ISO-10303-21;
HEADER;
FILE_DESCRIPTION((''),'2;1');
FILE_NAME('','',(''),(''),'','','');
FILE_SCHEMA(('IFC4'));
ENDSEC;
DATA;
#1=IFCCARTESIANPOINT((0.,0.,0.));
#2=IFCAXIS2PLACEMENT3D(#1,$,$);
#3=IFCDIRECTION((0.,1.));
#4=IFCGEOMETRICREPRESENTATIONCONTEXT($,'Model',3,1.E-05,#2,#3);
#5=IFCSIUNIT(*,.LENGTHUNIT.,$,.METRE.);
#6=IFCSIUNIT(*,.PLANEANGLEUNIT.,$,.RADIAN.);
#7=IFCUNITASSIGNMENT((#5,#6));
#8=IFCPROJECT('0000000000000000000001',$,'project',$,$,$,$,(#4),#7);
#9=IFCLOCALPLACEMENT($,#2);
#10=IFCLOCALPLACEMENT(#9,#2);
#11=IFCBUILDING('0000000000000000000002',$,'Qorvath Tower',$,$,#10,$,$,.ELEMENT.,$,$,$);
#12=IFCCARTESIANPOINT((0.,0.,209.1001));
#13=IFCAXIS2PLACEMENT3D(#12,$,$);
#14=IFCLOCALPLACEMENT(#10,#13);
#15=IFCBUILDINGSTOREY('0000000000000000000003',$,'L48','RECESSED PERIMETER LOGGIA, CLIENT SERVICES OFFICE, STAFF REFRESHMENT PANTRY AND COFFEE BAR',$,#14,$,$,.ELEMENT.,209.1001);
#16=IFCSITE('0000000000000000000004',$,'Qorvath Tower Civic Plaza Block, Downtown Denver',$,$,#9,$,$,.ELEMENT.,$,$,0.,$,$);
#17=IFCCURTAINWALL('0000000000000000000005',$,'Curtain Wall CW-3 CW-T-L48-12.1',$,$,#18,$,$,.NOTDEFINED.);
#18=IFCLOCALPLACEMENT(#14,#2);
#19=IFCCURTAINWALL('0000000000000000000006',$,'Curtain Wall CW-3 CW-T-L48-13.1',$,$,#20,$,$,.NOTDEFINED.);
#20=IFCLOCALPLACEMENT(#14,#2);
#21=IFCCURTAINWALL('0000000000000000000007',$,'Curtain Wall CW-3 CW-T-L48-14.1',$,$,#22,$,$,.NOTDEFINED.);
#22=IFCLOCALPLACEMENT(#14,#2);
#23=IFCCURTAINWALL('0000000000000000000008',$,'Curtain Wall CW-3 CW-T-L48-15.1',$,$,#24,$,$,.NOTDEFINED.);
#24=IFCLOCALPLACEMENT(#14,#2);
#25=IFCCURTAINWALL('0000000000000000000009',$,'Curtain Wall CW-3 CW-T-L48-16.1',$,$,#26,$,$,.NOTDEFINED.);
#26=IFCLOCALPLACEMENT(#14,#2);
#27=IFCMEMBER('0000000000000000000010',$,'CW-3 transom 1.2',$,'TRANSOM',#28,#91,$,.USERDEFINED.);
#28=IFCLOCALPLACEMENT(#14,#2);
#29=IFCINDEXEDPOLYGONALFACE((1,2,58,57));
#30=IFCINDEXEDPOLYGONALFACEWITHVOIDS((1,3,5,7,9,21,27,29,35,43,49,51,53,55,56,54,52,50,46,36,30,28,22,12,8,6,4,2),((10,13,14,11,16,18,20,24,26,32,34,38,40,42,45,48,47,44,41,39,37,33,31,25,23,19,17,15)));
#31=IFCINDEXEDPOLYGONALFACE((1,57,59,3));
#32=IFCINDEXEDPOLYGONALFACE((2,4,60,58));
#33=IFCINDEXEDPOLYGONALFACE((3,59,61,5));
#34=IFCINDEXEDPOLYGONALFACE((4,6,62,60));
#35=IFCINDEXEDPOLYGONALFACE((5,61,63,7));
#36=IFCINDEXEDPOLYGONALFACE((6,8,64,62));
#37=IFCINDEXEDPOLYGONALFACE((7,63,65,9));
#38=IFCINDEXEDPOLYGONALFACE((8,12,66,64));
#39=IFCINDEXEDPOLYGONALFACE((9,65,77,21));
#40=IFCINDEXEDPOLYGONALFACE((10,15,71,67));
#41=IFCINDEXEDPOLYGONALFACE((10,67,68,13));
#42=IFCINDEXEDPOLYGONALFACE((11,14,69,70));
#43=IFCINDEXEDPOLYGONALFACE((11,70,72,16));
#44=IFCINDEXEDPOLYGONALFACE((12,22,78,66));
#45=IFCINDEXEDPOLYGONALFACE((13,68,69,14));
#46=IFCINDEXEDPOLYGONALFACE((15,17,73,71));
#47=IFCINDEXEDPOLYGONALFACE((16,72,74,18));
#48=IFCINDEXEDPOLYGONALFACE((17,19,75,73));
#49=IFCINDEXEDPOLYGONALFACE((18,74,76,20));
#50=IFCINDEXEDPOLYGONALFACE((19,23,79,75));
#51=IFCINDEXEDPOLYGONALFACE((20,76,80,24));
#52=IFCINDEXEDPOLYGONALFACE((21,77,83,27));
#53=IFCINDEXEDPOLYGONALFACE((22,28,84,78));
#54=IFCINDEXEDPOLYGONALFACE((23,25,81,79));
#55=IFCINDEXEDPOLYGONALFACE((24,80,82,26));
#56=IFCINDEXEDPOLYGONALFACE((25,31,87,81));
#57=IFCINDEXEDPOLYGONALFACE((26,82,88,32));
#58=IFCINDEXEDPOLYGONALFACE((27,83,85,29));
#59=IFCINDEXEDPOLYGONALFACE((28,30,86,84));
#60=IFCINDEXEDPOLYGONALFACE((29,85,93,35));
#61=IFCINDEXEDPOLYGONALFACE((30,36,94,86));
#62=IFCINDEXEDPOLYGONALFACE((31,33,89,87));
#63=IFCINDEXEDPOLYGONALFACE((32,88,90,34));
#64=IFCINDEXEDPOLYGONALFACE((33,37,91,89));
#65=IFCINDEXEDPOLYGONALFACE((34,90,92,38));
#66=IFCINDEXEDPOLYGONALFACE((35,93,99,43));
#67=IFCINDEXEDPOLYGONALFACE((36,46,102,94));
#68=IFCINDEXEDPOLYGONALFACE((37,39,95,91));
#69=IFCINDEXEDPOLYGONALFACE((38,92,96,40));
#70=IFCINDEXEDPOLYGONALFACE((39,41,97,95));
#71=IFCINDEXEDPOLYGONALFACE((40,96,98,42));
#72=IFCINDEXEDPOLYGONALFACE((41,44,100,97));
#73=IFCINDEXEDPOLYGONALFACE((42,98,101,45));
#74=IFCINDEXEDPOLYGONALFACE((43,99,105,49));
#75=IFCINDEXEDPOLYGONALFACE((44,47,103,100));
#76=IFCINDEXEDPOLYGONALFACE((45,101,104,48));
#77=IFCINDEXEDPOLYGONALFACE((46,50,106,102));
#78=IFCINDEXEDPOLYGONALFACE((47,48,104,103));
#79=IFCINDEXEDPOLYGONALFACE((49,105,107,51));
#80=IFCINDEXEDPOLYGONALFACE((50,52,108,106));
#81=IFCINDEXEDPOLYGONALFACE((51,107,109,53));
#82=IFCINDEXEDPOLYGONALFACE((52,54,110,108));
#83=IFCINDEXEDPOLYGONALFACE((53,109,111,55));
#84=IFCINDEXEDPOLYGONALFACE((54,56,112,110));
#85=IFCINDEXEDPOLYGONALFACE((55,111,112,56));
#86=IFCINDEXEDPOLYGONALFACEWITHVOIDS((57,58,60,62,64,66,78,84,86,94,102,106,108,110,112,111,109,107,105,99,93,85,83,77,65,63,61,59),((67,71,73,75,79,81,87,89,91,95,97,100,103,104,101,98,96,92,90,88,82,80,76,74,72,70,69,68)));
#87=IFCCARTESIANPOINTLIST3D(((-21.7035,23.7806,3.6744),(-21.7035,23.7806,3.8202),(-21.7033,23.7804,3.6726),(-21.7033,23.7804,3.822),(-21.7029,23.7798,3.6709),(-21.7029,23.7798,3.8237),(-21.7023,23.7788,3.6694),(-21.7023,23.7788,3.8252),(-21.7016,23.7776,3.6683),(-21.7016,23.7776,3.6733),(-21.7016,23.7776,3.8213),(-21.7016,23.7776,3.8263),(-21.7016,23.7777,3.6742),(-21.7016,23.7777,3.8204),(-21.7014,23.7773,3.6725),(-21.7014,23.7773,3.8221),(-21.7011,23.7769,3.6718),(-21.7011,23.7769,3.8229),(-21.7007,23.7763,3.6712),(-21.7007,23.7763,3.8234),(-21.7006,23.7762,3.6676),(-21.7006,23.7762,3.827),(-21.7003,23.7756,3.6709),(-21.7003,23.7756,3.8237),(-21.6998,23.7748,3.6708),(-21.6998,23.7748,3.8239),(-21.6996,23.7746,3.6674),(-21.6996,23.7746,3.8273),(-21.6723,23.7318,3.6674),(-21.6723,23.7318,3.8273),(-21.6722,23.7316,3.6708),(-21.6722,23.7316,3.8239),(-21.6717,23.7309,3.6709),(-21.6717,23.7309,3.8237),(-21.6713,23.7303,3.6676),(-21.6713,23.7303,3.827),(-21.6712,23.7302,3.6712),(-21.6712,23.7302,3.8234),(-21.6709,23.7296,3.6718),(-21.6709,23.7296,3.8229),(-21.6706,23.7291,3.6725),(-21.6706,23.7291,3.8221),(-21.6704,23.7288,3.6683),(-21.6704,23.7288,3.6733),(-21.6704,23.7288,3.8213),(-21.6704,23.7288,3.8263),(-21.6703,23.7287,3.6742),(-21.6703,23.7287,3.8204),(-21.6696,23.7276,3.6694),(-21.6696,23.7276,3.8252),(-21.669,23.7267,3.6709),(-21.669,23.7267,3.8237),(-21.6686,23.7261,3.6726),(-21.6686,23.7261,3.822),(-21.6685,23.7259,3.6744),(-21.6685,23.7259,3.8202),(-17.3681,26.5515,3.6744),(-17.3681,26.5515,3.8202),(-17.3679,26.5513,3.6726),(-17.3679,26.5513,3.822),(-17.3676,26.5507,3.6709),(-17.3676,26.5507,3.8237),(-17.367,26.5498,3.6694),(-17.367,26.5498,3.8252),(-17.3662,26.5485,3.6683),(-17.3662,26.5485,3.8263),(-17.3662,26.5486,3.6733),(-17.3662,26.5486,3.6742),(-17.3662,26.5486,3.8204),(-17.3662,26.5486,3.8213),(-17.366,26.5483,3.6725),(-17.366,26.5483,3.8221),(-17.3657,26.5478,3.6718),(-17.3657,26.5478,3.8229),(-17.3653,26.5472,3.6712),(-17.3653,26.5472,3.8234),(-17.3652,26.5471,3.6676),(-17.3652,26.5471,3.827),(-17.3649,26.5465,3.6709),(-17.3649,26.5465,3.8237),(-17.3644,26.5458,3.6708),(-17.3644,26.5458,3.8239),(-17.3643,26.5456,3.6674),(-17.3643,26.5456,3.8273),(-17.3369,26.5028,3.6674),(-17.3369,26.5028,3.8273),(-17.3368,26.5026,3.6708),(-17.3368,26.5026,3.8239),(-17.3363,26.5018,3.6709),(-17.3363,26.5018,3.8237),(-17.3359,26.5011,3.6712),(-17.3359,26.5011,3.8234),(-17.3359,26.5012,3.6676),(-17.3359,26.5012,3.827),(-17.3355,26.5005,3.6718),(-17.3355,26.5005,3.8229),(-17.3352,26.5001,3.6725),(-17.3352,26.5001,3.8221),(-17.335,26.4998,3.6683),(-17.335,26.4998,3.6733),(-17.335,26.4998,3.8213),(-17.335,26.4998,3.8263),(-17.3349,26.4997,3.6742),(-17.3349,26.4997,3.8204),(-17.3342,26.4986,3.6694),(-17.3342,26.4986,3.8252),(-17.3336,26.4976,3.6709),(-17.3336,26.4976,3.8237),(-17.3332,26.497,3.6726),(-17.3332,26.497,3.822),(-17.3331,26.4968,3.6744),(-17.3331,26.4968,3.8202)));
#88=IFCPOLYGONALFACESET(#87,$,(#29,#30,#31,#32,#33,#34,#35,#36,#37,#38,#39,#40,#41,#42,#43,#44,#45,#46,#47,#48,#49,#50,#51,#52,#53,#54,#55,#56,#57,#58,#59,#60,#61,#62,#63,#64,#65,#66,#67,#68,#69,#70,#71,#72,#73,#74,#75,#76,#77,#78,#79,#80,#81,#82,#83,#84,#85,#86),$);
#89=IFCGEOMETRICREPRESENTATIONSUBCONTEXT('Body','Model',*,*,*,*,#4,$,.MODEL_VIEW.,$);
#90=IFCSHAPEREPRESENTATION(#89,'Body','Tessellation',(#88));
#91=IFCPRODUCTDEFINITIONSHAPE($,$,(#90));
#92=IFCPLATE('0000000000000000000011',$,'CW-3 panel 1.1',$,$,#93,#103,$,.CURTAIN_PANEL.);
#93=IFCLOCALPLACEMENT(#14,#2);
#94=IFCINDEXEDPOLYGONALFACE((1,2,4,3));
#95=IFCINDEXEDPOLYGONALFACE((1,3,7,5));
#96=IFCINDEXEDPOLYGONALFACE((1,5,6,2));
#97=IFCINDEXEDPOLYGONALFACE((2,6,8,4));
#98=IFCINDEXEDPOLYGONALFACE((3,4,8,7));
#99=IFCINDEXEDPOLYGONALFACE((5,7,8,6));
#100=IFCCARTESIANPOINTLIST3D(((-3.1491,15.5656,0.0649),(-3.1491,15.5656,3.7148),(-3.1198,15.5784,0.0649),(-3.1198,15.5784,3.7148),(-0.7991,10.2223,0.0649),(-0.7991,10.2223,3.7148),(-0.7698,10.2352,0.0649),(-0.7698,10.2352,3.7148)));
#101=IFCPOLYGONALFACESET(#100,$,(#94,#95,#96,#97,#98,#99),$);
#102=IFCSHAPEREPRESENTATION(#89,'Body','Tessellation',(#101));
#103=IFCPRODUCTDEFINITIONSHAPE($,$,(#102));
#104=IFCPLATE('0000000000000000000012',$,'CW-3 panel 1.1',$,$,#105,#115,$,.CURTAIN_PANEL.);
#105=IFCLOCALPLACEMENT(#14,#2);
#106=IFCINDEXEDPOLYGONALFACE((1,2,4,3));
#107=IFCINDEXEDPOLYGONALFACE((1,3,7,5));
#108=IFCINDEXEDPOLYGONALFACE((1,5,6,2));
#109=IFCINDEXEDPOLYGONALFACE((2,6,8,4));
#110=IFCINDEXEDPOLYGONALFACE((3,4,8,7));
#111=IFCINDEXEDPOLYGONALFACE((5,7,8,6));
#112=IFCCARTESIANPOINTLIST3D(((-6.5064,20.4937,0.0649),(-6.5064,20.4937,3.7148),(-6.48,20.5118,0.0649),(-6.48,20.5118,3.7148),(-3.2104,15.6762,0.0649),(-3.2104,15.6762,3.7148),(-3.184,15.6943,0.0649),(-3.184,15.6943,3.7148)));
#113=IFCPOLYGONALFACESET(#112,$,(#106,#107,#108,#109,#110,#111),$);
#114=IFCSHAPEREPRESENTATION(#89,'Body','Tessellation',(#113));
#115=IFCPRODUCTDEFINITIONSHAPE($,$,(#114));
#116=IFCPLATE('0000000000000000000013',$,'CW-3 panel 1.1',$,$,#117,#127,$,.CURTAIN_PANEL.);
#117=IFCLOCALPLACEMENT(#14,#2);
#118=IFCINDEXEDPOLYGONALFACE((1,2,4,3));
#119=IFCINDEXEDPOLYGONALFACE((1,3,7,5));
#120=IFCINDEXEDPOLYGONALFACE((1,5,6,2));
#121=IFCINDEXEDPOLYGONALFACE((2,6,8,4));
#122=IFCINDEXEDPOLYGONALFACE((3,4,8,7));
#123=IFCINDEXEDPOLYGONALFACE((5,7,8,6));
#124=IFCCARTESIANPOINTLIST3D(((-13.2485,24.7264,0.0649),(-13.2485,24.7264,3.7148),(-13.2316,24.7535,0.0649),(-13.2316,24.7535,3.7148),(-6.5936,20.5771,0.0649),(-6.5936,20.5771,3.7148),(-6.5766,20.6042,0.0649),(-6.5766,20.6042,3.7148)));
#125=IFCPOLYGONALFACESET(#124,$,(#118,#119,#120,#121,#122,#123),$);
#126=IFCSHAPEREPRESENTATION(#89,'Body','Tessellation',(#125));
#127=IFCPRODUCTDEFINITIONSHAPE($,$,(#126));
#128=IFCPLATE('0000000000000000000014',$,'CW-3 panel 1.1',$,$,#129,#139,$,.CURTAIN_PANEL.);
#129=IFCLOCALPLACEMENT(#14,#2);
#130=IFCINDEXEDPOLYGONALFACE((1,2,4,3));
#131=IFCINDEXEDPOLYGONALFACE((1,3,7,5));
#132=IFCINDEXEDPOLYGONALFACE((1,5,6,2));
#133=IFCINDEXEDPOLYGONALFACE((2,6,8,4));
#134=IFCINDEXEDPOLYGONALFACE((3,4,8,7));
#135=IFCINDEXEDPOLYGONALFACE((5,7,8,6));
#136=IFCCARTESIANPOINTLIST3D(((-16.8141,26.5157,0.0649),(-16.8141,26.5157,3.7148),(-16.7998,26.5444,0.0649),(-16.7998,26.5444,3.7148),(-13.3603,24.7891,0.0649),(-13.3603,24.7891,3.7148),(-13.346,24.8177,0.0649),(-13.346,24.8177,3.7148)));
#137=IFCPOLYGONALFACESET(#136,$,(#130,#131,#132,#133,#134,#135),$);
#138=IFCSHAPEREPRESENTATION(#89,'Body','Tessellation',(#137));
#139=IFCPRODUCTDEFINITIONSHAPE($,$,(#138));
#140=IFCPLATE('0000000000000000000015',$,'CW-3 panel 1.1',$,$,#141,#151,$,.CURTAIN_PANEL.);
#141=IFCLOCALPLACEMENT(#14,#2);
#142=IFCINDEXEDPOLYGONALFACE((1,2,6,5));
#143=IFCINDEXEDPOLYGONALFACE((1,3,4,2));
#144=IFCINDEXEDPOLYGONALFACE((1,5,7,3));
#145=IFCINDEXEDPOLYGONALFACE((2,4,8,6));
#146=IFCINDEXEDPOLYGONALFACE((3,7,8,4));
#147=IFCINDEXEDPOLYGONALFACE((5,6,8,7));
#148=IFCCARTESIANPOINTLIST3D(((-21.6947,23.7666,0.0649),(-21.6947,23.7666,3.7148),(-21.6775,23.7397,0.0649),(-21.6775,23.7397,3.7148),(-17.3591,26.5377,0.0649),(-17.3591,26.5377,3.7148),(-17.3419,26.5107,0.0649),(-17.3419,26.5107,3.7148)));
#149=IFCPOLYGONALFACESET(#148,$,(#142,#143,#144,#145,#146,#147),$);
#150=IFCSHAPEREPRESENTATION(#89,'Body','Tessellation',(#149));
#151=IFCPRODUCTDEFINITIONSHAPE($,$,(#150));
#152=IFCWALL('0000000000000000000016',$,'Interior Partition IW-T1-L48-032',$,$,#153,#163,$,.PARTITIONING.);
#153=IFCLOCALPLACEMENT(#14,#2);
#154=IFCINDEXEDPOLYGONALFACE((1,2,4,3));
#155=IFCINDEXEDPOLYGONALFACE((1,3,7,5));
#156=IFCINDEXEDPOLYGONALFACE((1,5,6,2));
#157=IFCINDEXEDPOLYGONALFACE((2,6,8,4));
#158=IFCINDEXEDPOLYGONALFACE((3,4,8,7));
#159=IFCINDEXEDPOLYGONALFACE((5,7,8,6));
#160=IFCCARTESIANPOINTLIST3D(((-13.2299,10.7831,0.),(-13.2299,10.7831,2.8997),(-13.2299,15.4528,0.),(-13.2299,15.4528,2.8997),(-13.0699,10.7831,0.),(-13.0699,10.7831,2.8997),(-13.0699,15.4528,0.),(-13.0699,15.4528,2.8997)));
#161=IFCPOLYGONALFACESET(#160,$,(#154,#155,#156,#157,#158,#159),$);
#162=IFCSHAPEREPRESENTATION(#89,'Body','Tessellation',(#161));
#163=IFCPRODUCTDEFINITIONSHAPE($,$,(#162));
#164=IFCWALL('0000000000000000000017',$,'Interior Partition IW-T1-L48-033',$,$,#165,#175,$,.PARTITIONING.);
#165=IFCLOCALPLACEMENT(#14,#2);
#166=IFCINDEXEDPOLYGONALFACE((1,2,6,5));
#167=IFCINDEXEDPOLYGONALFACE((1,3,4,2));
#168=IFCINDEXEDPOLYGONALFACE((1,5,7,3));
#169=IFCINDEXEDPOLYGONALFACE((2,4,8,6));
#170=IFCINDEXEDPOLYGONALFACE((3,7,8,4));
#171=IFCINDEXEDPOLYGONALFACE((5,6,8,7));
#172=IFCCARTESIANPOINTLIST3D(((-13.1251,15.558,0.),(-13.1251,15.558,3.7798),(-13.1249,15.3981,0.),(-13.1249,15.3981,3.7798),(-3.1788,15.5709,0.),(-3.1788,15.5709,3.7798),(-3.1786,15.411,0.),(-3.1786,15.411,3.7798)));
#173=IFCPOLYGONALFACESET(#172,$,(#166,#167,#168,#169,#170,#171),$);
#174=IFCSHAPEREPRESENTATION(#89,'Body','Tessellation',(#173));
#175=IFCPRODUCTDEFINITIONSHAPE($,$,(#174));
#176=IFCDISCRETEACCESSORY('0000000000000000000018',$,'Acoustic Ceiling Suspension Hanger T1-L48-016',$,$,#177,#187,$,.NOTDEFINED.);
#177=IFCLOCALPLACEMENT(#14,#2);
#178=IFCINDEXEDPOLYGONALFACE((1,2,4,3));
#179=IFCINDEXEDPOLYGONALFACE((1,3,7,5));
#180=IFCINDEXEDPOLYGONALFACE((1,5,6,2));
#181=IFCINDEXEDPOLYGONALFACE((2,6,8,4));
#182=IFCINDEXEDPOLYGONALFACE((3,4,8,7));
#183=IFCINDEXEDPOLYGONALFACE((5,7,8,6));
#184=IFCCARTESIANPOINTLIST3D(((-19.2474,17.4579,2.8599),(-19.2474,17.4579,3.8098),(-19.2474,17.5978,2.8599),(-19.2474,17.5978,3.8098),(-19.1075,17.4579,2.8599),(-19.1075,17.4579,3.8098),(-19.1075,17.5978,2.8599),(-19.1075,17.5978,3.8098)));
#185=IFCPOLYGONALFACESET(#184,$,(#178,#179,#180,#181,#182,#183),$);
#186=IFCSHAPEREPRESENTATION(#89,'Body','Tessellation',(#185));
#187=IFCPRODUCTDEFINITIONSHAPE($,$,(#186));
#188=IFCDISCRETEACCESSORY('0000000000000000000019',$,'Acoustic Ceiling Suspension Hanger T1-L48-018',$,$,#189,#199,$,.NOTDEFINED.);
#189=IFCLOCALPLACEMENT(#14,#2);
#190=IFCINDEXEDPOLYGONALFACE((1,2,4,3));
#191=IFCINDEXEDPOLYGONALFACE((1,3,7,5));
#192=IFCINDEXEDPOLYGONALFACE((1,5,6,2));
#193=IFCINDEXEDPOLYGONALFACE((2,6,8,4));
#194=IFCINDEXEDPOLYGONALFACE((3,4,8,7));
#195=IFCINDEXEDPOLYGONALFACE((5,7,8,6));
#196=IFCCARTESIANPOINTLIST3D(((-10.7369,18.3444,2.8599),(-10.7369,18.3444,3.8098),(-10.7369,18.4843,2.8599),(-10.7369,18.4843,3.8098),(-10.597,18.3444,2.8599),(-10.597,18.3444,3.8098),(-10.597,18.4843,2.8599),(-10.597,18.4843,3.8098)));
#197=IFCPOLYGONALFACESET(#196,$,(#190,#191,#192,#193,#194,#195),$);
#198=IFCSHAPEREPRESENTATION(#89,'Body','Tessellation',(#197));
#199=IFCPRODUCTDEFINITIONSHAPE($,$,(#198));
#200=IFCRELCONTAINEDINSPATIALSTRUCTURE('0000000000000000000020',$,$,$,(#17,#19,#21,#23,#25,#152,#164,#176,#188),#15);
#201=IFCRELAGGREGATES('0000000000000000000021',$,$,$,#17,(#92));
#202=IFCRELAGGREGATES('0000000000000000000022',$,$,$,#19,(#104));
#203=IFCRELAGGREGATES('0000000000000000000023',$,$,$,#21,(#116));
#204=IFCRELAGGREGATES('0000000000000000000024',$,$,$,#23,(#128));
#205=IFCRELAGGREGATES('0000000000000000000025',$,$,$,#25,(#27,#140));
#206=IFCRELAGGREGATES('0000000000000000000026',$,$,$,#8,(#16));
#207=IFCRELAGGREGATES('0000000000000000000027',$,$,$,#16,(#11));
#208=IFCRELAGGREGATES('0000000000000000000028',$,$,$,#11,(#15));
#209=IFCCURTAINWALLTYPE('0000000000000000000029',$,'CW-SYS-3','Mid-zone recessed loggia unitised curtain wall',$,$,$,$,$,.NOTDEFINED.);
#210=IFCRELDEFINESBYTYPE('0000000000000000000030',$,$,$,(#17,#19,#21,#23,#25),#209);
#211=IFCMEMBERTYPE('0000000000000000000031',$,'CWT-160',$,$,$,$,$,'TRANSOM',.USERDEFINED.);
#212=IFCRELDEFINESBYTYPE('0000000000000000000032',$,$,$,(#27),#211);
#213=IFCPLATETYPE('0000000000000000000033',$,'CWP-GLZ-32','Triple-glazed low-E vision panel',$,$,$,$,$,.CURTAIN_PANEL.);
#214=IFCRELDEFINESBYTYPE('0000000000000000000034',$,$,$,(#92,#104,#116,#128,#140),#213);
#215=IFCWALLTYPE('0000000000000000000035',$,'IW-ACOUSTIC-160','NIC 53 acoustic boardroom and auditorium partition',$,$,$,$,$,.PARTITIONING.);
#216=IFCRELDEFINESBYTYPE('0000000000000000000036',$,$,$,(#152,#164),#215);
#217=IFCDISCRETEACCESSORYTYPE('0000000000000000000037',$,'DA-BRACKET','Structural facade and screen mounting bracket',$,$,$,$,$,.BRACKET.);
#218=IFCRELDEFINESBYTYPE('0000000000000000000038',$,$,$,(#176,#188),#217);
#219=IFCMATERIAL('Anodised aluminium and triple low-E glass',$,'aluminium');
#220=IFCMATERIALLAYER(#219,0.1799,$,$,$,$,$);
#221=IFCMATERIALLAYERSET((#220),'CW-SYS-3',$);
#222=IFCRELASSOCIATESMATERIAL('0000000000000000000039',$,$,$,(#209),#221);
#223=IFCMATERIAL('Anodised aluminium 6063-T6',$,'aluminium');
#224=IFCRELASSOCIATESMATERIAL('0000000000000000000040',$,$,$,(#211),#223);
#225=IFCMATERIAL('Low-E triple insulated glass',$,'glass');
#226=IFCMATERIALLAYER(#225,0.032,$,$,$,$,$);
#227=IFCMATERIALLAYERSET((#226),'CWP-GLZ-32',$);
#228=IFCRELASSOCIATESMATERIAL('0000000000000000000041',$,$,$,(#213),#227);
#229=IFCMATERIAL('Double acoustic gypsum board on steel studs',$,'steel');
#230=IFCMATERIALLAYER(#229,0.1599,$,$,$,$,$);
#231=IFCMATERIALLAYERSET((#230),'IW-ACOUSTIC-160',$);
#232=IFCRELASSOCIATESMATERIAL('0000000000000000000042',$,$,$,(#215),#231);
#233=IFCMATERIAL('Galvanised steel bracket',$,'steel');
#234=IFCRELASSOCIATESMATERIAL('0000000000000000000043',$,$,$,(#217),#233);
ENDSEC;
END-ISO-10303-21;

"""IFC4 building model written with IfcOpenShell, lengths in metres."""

from ifc_helpers import new_model, si_unit, direction, frame, frame_2d, origin, origin_2d, place, context, subcontext, project, spatial, rectangle, hollow_rectangle, extrude, material, layer, layer_set, material_profile, profile_set, type_object, element, aggregate, save


model = new_model("IFC4")

# Units and contexts
model_context = context("Model", 3, precision=1e-05, world=origin(), true_north=direction((0.0, 1.0)))
body_context = subcontext(model_context, "Body", "Model", "MODEL_VIEW")
ifc_project = project(units=[si_unit("LENGTHUNIT", "METRE"), si_unit("PLANEANGLEUNIT", "RADIAN")], contexts=[model_context])

# Site, building, storey
site_placement = place(None, origin())
site = spatial("IfcSite", under=ifc_project, at=site_placement, Name="Qorvath Tower Civic Plaza Block, Downtown Denver", CompositionType="ELEMENT", RefElevation=0.0)
building_placement = place(site_placement, origin())
building = spatial("IfcBuilding", under=site, at=building_placement, Name="Qorvath Tower", CompositionType="ELEMENT")
storey_placement = place(building_placement, frame((0.0, 0.0, 209.1001)))
storey = spatial("IfcBuildingStorey", under=building, at=storey_placement, Name="L48", Description="RECESSED PERIMETER LOGGIA, CLIENT SERVICES OFFICE, STAFF REFRESHMENT PANTRY AND COFFEE BAR", CompositionType="ELEMENT", Elevation=209.1001)

# Curtain wall
ifc_material_1 = material(Name="Anodised aluminium and triple low-E glass", Category="aluminium")
ifc_layer_1 = layer(ifc_material_1, 0.1799)
ifc_layer_set_1 = layer_set([ifc_layer_1], Name="CW-SYS-3")
curtain_wall_type = type_object("IfcCurtainWallType", Name="CW-SYS-3", Description="Mid-zone recessed loggia unitised curtain wall", PredefinedType="NOTDEFINED", material=ifc_layer_set_1)
curtain_wall_1_placement = place(storey_placement, origin())
curtain_wall_1 = element("IfcCurtainWall", 1, at=curtain_wall_1_placement, inside=storey, type_object=curtain_wall_type, Name="Curtain Wall CW-3 CW-T-L48-12.1", PredefinedType="NOTDEFINED")

# Curtain walls
curtain_wall_2_placement = place(storey_placement, origin())
curtain_wall_2 = element("IfcCurtainWall", 2, at=curtain_wall_2_placement, inside=storey, type_object=curtain_wall_type, Name="Curtain Wall CW-3 CW-T-L48-13.1", PredefinedType="NOTDEFINED")
curtain_wall_3_placement = place(storey_placement, origin())
curtain_wall_3 = element("IfcCurtainWall", 3, at=curtain_wall_3_placement, inside=storey, type_object=curtain_wall_type, Name="Curtain Wall CW-3 CW-T-L48-14.1", PredefinedType="NOTDEFINED")
curtain_wall_4_placement = place(storey_placement, origin())
curtain_wall_4 = element("IfcCurtainWall", 4, at=curtain_wall_4_placement, inside=storey, type_object=curtain_wall_type, Name="Curtain Wall CW-3 CW-T-L48-15.1", PredefinedType="NOTDEFINED")

# Curtain wall
curtain_wall_5_placement = place(storey_placement, origin())
curtain_wall_5 = element("IfcCurtainWall", 5, at=curtain_wall_5_placement, inside=storey, type_object=curtain_wall_type, Name="Curtain Wall CW-3 CW-T-L48-16.1", PredefinedType="NOTDEFINED")

# Member
ifc_material_2 = material(Name="Anodised aluminium 6063-T6", Category="aluminium")
ifc_material_profile_1 = material_profile(ifc_material_2, hollow_rectangle(XDim=0.0649, YDim=0.1599, WallThickness=0.0034, InnerFilletRadius=0.0034, OuterFilletRadius=0.0071, at=origin_2d()), Name="CWT 160x65")
ifc_profile_set_1 = profile_set([ifc_material_profile_1], Name="Anodised aluminium 6063-T6")
member_type_1 = type_object("IfcMemberType", Name="CWT-160", ElementType="TRANSOM", PredefinedType="USERDEFINED", material=ifc_profile_set_1)
member_1_placement = place(storey_placement, frame((-17.3506, 26.5242, 3.7473), z_axis=(-0.842597, -0.538545, 0.0), x_axis=(0.538545, -0.842597, 0.0)))
member_1 = element("IfcMember", 6, at=member_1_placement, type_object=member_type_1, Name="CW-3 transom 1.2", ObjectType="TRANSOM", PredefinedType="USERDEFINED", context=body_context, shape_type="SweptSolid", body=[
    extrude(hollow_rectangle(XDim=0.0649, YDim=0.1599, WallThickness=0.0034, InnerFilletRadius=0.0034, OuterFilletRadius=0.0071, at=origin_2d()), origin(), (0.0, 0.0, 1.0), 5.1453),
])

# Plates
ifc_material_3 = material(Name="Low-E triple insulated glass", Category="glass")
ifc_layer_2 = layer(ifc_material_3, 0.032)
ifc_layer_set_2 = layer_set([ifc_layer_2], Name="CWP-GLZ-32")
plate_type = type_object("IfcPlateType", Name="CWP-GLZ-32", Description="Triple-glazed low-E vision panel", PredefinedType="CURTAIN_PANEL", material=ifc_layer_set_2)
plate_1_placement = place(storey_placement, frame((-1.9595, 12.9004, 0.0649), z_axis=(0.0, 0.0, 1.0), x_axis=(-0.402589, 0.915381, 0.0)))
plate_1 = element("IfcPlate", 7, at=plate_1_placement, type_object=plate_type, Name="CW-3 panel 1.1", PredefinedType="CURTAIN_PANEL", context=body_context, shape_type="SweptSolid", body=[
    extrude(rectangle(XDim=5.8372, YDim=0.032, at=origin_2d()), origin(), (0.0, 0.0, 1.0), 3.6499),
])
aggregate(curtain_wall_1, [plate_1])
plate_2_placement = place(storey_placement, frame((-4.8452, 18.094, 0.0649), z_axis=(0.0, 0.0, 1.0), x_axis=(-0.564661, 0.825323, 0.0)))
plate_2 = element("IfcPlate", 8, at=plate_2_placement, type_object=plate_type, Name="CW-3 panel 1.1", PredefinedType="CURTAIN_PANEL", context=body_context, shape_type="SweptSolid", body=[
    extrude(rectangle(XDim=5.8372, YDim=0.032, at=origin_2d()), origin(), (0.0, 0.0, 1.0), 3.6499),
])
aggregate(curtain_wall_2, [plate_2])
plate_3_placement = place(storey_placement, frame((-9.9126, 22.6653, 0.0649), z_axis=(0.0, 0.0, 1.0), x_axis=(-0.848576, 0.529074, 0.0)))
plate_3 = element("IfcPlate", 9, at=plate_3_placement, type_object=plate_type, Name="CW-3 panel 1.1", PredefinedType="CURTAIN_PANEL", context=body_context, shape_type="SweptSolid", body=[
    extrude(rectangle(XDim=7.8425, YDim=0.032, at=origin_2d()), origin(), (0.0, 0.0, 1.0), 3.6499),
])
aggregate(curtain_wall_3, [plate_3])
plate_4_placement = place(storey_placement, frame((-15.0801, 25.6667, 0.0649), z_axis=(0.0, 0.0, 1.0), x_axis=(-0.894457, 0.447153, 0.0)))
plate_4 = element("IfcPlate", 10, at=plate_4_placement, type_object=plate_type, Name="CW-3 panel 1.1", PredefinedType="CURTAIN_PANEL", context=body_context, shape_type="SweptSolid", body=[
    extrude(rectangle(XDim=3.8613, YDim=0.032, at=origin_2d()), origin(), (0.0, 0.0, 1.0), 3.6499),
])
aggregate(curtain_wall_4, [plate_4])
plate_5_placement = place(storey_placement, frame((-19.5183, 25.1387, 0.0649), z_axis=(0.0, 0.0, 1.0), x_axis=(-0.842605, -0.538532, 0.0)))
plate_5 = element("IfcPlate", 11, at=plate_5_placement, type_object=plate_type, Name="CW-3 panel 1.1", PredefinedType="CURTAIN_PANEL", context=body_context, shape_type="SweptSolid", body=[
    extrude(rectangle(XDim=5.1455, YDim=0.032, at=origin_2d()), origin(), (0.0, 0.0, 1.0), 3.6499),
])
aggregate(curtain_wall_5, [member_1, plate_5])

# Walls
ifc_material_4 = material(Name="Double acoustic gypsum board on steel studs", Category="steel")
ifc_layer_3 = layer(ifc_material_4, 0.1599)
ifc_layer_set_3 = layer_set([ifc_layer_3], Name="IW-ACOUSTIC-160")
wall_type = type_object("IfcWallType", Name="IW-ACOUSTIC-160", Description="NIC 53 acoustic boardroom and auditorium partition", PredefinedType="PARTITIONING", material=ifc_layer_set_3)
wall_1_placement = place(storey_placement, frame((-13.1499, 15.4529, 0.0), z_axis=(0.0, 0.0, 1.0), x_axis=(0.0, -1.0, 0.0)))
element("IfcWall", 12, at=wall_1_placement, inside=storey, type_object=wall_type, Name="Interior Partition IW-T1-L48-032", PredefinedType="PARTITIONING", context=body_context, shape_type="SweptSolid", body=[
    extrude(rectangle(XDim=4.6697, YDim=0.1599, at=frame_2d((2.335, 0.0))), origin(), (0.0, 0.0, 1.0), 2.8997),
])
wall_2_placement = place(storey_placement, frame((-13.125, 15.478, 0.0), z_axis=(0.0, 0.0, 1.0), x_axis=(0.999999, 0.001301, 0.0)))
element("IfcWall", 13, at=wall_2_placement, inside=storey, type_object=wall_type, Name="Interior Partition IW-T1-L48-033", PredefinedType="PARTITIONING", context=body_context, shape_type="SweptSolid", body=[
    extrude(rectangle(XDim=9.9463, YDim=0.1599, at=frame_2d((4.9731, 0.0))), origin(), (0.0, 0.0, 1.0), 3.7798),
])

# Discrete accessories
ifc_material_5 = material(Name="Galvanised steel bracket", Category="steel")
discrete_accessory_type = type_object("IfcDiscreteAccessoryType", Name="DA-BRACKET", Description="Structural facade and screen mounting bracket", PredefinedType="BRACKET", material=ifc_material_5)
for number, where, z_axis, x_axis, name in (
    (14, (-19.1775, 17.5278, 2.8599), (0.0, 0.0, 1.0), (1.0, 0.0, 0.0), "Acoustic Ceiling Suspension Hanger T1-L48-016"),
    (15, (-10.667, 18.4143, 2.8599), (0.0, 0.0, 1.0), (1.0, 0.0, 0.0), "Acoustic Ceiling Suspension Hanger T1-L48-018"),
):
    element("IfcDiscreteAccessory", number, at=place(storey_placement, frame(where, z_axis=z_axis, x_axis=x_axis)), inside=storey, type_object=discrete_accessory_type, Name=name, PredefinedType="NOTDEFINED", context=body_context, shape_type="SweptSolid", body=[
        extrude(rectangle(XDim=0.1399, YDim=0.1399, at=origin_2d()), origin(), (0.0, 0.0, 1.0), 0.95),
    ])

save(model, "model.ifc")
